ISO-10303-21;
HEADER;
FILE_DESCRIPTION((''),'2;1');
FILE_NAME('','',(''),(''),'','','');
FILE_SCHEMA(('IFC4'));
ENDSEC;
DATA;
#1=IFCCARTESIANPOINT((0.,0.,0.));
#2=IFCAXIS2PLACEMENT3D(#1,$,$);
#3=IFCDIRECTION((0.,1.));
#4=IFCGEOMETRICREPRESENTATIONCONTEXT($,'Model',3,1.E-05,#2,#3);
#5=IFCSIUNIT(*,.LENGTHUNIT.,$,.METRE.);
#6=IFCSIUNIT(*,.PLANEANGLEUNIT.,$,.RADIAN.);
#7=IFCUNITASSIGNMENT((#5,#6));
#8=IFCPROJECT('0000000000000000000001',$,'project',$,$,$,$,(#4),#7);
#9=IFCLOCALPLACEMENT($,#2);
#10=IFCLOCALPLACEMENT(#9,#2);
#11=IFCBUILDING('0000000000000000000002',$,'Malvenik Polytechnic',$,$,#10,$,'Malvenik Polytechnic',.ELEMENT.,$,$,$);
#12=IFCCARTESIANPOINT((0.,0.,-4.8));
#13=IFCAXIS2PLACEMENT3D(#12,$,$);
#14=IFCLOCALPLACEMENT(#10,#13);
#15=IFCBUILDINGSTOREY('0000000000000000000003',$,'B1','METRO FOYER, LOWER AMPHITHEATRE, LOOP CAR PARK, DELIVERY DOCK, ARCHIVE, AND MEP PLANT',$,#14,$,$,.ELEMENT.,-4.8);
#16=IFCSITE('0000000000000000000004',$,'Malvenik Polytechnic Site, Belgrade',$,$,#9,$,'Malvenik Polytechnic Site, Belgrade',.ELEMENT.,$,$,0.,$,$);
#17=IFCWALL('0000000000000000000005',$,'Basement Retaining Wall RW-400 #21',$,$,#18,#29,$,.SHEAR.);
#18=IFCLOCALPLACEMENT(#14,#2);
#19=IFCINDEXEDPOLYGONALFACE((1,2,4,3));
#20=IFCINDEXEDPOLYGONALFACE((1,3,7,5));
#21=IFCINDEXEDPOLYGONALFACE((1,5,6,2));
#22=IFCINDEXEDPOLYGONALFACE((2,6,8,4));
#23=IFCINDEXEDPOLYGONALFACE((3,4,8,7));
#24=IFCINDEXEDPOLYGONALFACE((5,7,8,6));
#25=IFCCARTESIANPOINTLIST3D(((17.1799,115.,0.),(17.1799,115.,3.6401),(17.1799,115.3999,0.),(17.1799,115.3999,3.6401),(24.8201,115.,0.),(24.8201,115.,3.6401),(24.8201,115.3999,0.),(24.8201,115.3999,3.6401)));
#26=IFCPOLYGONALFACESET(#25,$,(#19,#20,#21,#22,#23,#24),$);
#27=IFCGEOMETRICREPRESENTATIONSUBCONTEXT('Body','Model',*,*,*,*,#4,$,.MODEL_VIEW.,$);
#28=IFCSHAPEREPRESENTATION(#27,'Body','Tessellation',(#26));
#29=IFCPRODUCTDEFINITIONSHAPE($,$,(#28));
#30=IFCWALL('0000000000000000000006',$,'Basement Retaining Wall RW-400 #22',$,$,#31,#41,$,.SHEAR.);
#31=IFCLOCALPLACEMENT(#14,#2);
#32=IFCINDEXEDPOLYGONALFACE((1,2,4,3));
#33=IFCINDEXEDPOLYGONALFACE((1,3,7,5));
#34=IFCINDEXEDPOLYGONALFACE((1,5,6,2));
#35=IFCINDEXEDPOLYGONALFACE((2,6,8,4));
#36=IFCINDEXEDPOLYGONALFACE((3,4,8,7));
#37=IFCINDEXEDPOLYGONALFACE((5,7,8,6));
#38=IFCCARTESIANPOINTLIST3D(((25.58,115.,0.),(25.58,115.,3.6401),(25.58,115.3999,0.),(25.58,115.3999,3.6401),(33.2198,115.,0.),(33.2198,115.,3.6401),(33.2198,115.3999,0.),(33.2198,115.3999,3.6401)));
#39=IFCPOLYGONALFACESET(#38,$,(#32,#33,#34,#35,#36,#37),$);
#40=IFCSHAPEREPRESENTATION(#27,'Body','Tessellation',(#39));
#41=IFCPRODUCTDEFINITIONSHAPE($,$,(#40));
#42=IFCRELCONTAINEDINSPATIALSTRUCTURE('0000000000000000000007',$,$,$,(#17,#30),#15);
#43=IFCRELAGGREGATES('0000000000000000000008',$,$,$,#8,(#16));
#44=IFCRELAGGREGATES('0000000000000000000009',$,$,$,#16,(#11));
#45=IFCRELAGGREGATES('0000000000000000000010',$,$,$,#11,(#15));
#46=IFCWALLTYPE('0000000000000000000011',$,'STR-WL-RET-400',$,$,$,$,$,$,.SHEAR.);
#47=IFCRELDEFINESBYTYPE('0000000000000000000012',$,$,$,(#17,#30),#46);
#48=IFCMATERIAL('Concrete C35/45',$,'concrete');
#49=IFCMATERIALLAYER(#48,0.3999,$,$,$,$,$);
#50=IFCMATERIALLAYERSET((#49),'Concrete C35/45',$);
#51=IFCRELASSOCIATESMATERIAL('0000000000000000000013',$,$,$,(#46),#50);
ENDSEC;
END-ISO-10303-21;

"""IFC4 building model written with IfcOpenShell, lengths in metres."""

from ifc_helpers import new_model, si_unit, direction, frame, frame_2d, origin, place, context, subcontext, project, spatial, rectangle, extrude, material, layer, layer_set, type_object, element, save


model = new_model("IFC4")

# Units and contexts
model_context = context("Model", 3, precision=1e-05, world=origin(), true_north=direction((0.0, 1.0)))
body_context = subcontext(model_context, "Body", "Model", "MODEL_VIEW")
ifc_project = project(units=[si_unit("LENGTHUNIT", "METRE"), si_unit("PLANEANGLEUNIT", "RADIAN")], contexts=[model_context])

# Site, building, storey
site_placement = place(None, origin())
site = spatial("IfcSite", under=ifc_project, at=site_placement, Name="Malvenik Polytechnic Site, Belgrade", LongName="Malvenik Polytechnic Site, Belgrade", CompositionType="ELEMENT", RefElevation=0.0)
building_placement = place(site_placement, origin())
building = spatial("IfcBuilding", under=site, at=building_placement, Name="Malvenik Polytechnic", LongName="Malvenik Polytechnic", CompositionType="ELEMENT")
storey_placement = place(building_placement, frame((0.0, 0.0, -4.8)))
storey = spatial("IfcBuildingStorey", under=building, at=storey_placement, Name="B1", Description="METRO FOYER, LOWER AMPHITHEATRE, LOOP CAR PARK, DELIVERY DOCK, ARCHIVE, AND MEP PLANT", CompositionType="ELEMENT", Elevation=-4.8)

# Shared definitions
ifc_material_1 = material(Name="Concrete C35/45", Category="concrete")

# Walls
ifc_layer = layer(ifc_material_1, 0.3999)
ifc_layer_set = layer_set([ifc_layer], Name="Concrete C35/45")
wall_type = type_object("IfcWallType", Name="STR-WL-RET-400", PredefinedType="SHEAR", material=ifc_layer_set)
wall_1_placement = place(storey_placement, frame((17.1799, 115.2, 0.0), z_axis=(0.0, 0.0, 1.0), x_axis=(1.0, 0.0, 0.0)))
element("IfcWall", 1, at=wall_1_placement, inside=storey, type_object=wall_type, Name="Basement Retaining Wall RW-400 #21", PredefinedType="SHEAR", context=body_context, shape_type="SweptSolid", body=[
    extrude(rectangle(XDim=7.6401, YDim=0.3999, at=frame_2d((3.8201, 0.0))), origin(), (0.0, 0.0, 1.0), 3.6401),
])
wall_2_placement = place(storey_placement, frame((25.5801, 115.2, 0.0), z_axis=(0.0, 0.0, 1.0), x_axis=(1.0, 0.0, 0.0)))
element("IfcWall", 2, at=wall_2_placement, inside=storey, type_object=wall_type, Name="Basement Retaining Wall RW-400 #22", PredefinedType="SHEAR", context=body_context, shape_type="SweptSolid", body=[
    extrude(rectangle(XDim=7.6399, YDim=0.3999, at=frame_2d((3.8198, 0.0))), origin(), (0.0, 0.0, 1.0), 3.6401),
])

save(model, "model.ifc")
